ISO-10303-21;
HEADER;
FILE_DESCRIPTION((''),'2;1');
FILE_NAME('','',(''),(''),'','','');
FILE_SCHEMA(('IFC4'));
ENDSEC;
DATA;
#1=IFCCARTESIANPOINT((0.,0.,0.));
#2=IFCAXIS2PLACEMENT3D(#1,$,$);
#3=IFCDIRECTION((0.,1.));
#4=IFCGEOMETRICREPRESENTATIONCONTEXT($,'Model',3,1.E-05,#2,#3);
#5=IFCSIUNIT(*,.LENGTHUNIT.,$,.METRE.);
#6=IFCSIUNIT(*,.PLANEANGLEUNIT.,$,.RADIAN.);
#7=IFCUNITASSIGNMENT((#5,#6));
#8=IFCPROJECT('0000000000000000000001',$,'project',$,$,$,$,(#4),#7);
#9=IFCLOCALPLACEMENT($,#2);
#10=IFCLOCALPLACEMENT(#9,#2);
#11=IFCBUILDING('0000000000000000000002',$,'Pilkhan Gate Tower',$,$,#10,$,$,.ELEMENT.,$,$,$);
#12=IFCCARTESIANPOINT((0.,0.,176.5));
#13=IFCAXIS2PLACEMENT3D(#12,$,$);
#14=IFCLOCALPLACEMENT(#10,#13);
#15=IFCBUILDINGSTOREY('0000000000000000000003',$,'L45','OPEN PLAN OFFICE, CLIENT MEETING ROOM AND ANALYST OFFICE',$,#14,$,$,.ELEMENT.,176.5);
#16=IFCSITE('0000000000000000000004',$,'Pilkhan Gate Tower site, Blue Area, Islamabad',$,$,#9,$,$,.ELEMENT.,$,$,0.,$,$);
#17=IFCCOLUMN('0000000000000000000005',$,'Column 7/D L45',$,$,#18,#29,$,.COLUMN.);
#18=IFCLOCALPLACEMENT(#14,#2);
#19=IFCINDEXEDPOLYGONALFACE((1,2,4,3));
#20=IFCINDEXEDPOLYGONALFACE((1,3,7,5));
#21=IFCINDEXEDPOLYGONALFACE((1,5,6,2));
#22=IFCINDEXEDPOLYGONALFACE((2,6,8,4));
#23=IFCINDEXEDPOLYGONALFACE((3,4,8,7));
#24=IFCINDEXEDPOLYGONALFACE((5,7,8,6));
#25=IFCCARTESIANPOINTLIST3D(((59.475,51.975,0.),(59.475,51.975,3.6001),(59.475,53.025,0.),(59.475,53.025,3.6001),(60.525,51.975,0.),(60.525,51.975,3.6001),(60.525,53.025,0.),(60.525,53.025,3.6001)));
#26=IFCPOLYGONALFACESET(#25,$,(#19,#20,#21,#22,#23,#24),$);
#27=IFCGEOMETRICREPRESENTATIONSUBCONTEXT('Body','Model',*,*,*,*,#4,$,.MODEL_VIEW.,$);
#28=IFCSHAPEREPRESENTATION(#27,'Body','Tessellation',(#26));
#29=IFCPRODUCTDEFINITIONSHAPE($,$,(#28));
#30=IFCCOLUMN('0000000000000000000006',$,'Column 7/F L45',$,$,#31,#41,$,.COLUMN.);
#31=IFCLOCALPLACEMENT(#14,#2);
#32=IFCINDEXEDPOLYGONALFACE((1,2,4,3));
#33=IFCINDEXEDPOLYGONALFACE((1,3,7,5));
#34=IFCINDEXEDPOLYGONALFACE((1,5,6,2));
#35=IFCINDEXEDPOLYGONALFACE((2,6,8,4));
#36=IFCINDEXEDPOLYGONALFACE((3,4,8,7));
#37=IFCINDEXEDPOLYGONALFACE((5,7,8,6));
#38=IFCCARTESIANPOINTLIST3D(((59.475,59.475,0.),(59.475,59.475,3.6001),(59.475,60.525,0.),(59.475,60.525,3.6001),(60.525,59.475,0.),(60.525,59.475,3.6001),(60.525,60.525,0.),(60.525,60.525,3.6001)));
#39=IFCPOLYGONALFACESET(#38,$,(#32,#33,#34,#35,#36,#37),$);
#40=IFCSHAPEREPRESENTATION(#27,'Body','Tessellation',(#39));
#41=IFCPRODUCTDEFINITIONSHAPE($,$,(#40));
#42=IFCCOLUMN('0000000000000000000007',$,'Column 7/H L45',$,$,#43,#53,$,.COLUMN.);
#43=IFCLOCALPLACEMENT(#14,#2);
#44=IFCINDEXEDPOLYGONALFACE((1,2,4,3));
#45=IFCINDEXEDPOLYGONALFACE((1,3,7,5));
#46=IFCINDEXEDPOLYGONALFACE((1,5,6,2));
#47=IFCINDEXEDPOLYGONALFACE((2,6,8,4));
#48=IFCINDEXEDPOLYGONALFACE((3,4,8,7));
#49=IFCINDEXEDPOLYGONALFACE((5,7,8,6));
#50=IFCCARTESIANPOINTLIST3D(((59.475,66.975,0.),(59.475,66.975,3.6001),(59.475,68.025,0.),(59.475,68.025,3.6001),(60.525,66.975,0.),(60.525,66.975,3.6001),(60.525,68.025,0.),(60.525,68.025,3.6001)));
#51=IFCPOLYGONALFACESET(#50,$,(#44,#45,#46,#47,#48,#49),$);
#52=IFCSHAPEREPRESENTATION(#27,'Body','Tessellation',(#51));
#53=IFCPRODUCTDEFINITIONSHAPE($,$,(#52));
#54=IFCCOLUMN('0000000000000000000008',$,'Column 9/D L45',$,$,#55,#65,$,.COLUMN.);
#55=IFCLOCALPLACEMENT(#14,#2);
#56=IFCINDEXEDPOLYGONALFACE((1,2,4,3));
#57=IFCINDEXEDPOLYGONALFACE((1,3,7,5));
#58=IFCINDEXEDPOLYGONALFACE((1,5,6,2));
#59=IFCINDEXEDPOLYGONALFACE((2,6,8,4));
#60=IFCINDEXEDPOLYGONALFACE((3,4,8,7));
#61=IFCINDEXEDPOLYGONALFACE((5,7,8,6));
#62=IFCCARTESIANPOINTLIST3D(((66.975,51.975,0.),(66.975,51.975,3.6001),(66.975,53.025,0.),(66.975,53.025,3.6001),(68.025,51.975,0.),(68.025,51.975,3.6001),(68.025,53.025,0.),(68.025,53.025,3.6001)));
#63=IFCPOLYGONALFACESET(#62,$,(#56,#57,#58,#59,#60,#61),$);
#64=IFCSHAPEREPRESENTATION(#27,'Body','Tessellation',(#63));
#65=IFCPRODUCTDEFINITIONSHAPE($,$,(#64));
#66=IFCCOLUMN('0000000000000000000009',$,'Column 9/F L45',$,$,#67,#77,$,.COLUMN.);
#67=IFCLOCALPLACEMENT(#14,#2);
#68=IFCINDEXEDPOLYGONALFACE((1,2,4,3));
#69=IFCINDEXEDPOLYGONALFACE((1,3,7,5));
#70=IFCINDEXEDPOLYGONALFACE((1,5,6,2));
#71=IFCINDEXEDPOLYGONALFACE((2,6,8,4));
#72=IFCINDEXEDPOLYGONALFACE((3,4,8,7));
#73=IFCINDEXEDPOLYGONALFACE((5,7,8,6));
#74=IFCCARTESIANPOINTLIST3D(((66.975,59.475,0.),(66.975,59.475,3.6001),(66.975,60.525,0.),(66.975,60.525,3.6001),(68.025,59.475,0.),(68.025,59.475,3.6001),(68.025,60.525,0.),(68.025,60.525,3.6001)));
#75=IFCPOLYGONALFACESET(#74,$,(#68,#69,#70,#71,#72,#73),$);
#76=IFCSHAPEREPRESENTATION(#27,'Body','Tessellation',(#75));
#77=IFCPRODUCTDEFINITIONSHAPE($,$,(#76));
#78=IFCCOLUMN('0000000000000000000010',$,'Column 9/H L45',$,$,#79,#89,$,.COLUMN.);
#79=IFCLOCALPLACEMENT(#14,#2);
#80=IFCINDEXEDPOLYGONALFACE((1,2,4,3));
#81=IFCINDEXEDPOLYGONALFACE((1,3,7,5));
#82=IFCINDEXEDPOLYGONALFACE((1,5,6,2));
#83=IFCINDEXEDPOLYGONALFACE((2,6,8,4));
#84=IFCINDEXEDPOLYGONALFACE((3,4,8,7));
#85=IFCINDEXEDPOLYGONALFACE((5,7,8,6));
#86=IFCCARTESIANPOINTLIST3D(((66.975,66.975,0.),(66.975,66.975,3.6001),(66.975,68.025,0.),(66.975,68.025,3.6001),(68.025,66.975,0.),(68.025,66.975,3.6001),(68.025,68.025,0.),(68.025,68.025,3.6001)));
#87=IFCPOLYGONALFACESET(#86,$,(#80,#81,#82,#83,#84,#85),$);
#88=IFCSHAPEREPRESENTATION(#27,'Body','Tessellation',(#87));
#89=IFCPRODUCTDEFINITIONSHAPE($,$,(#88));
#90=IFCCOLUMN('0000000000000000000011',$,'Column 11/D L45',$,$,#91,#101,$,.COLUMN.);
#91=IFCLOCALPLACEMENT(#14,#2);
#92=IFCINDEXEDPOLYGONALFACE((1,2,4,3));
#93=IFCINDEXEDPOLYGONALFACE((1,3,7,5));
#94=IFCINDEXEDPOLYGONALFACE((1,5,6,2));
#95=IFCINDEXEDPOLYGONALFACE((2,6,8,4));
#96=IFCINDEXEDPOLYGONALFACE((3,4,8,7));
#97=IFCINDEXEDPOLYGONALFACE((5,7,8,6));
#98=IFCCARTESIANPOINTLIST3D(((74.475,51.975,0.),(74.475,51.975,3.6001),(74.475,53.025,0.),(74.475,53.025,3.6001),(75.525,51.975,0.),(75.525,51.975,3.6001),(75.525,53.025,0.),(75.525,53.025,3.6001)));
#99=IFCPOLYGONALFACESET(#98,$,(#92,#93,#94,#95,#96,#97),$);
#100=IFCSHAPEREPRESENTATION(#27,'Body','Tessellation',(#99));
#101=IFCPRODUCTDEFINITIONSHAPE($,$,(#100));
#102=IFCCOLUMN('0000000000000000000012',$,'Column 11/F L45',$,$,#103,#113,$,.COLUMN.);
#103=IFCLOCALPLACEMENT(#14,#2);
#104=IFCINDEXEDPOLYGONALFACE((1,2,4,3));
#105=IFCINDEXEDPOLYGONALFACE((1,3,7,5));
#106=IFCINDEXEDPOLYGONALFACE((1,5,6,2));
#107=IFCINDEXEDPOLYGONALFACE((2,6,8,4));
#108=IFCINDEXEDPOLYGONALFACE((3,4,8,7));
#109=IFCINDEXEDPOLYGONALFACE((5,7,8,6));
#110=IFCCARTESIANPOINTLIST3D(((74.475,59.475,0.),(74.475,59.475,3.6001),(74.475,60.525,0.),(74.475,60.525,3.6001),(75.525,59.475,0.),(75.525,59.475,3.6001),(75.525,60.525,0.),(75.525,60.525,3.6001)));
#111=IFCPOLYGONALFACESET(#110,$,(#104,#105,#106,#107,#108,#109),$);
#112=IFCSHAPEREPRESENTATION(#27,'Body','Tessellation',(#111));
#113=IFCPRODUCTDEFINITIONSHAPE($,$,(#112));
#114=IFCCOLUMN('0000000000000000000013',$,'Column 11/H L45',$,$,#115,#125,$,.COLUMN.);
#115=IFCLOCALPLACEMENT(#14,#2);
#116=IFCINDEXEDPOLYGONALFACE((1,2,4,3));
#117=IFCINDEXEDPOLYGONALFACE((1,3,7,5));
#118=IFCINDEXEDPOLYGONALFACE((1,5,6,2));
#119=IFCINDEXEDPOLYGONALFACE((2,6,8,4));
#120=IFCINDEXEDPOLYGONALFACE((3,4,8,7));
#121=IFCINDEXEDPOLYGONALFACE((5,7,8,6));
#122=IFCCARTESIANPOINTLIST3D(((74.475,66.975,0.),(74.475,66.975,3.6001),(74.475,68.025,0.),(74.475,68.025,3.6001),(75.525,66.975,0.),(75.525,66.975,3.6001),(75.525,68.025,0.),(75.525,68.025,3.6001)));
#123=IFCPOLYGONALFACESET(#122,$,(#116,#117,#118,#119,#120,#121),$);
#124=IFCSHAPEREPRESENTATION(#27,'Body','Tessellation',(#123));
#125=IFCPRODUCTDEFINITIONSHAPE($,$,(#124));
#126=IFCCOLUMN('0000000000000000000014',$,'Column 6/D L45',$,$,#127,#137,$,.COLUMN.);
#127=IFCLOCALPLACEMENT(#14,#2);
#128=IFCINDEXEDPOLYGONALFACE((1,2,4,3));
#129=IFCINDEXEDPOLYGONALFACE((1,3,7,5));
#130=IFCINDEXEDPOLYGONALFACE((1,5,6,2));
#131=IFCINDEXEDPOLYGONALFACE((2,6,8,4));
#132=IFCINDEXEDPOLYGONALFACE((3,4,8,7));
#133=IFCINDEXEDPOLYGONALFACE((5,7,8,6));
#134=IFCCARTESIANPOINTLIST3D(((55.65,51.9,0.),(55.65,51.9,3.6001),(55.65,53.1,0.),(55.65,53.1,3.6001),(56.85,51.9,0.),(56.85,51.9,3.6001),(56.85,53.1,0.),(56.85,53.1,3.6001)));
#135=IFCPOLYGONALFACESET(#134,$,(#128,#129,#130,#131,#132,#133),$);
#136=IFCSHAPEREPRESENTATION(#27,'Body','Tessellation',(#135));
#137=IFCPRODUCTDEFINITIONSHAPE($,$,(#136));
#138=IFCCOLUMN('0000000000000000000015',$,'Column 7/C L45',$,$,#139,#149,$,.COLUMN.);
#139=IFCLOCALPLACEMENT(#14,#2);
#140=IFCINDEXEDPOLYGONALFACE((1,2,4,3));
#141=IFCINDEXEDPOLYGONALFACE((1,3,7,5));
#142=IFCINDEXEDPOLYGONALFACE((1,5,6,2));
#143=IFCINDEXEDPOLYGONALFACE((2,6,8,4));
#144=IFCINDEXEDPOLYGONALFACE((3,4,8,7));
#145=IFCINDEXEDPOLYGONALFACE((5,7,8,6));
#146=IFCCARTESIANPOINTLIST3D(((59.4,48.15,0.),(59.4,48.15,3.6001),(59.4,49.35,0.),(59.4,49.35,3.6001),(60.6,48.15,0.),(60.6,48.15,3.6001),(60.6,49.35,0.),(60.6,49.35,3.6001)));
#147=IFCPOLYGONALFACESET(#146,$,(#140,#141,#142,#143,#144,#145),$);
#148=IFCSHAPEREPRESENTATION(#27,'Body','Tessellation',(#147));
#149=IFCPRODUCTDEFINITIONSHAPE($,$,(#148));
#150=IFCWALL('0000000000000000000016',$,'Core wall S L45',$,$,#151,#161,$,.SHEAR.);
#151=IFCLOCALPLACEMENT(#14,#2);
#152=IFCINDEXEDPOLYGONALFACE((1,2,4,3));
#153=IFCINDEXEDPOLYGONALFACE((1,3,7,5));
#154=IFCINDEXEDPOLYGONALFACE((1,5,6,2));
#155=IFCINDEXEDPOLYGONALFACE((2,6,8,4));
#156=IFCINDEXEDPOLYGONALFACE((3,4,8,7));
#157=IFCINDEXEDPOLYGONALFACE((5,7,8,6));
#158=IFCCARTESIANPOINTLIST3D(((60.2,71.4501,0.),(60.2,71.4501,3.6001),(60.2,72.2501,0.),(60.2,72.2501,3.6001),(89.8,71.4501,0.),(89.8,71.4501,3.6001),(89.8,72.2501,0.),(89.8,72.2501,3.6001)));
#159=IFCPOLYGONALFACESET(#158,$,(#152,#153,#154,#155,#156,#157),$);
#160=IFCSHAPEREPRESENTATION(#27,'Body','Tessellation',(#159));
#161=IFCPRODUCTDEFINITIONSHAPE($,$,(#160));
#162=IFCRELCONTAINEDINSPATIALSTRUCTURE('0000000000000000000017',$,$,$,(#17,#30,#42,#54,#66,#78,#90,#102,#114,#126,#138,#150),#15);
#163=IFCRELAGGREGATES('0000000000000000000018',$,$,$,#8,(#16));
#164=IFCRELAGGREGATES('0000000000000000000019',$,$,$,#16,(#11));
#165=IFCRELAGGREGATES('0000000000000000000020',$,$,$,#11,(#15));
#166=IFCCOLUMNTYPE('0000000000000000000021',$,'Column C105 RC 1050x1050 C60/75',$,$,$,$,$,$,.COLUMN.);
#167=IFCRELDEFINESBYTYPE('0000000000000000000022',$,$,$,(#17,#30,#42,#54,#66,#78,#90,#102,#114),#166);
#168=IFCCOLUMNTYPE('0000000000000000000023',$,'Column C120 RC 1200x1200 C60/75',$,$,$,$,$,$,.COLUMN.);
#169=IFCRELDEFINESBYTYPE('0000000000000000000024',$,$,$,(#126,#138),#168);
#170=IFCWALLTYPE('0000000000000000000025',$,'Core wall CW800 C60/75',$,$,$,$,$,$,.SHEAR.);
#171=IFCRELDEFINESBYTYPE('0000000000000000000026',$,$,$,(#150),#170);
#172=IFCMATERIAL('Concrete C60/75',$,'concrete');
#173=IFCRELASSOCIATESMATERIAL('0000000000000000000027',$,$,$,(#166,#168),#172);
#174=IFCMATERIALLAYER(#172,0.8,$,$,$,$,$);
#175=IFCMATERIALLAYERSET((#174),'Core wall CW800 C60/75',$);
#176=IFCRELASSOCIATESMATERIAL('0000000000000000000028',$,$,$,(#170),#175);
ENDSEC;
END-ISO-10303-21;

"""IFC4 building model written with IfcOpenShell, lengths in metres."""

from ifc_helpers import new_model, si_unit, direction, frame, frame_2d, origin, origin_2d, place, context, subcontext, project, spatial, rectangle, extrude, material, layer, layer_set, material_profile, profile_set, type_object, element, save


model = new_model("IFC4")

# Units and contexts
model_context = context("Model", 3, precision=1e-05, world=origin(), true_north=direction((0.0, 1.0)))
body_context = subcontext(model_context, "Body", "Model", "MODEL_VIEW")
ifc_project = project(units=[si_unit("LENGTHUNIT", "METRE"), si_unit("PLANEANGLEUNIT", "RADIAN")], contexts=[model_context])

# Site, building, storey
site_placement = place(None, origin())
site = spatial("IfcSite", under=ifc_project, at=site_placement, Name="Pilkhan Gate Tower site, Blue Area, Islamabad", CompositionType="ELEMENT", RefElevation=0.0)
building_placement = place(site_placement, origin())
building = spatial("IfcBuilding", under=site, at=building_placement, Name="Pilkhan Gate Tower", CompositionType="ELEMENT")
storey_placement = place(building_placement, frame((0.0, 0.0, 176.5)))
storey = spatial("IfcBuildingStorey", under=building, at=storey_placement, Name="L45", Description="OPEN PLAN OFFICE, CLIENT MEETING ROOM AND ANALYST OFFICE", CompositionType="ELEMENT", Elevation=176.5)

# Columns
ifc_material_1 = material(Name="Concrete C60/75", Category="concrete")
ifc_material_profile_1 = material_profile(ifc_material_1, rectangle(XDim=1.05, YDim=1.05, at=origin_2d()), Name="RC 1050x1050")
ifc_profile_set_1 = profile_set([ifc_material_profile_1], Name="Concrete C60/75")
column_type_1 = type_object("IfcColumnType", Name="Column C105 RC 1050x1050 C60/75", PredefinedType="COLUMN", material=ifc_profile_set_1)
for number, where, z_axis, x_axis, name in (
    (1, (60.0, 52.5, 0.0), (0.0, 0.0, 1.0), (1.0, 0.0, 0.0), "Column 7/D L45"),
    (2, (60.0, 60.0, 0.0), (0.0, 0.0, 1.0), (1.0, 0.0, 0.0), "Column 7/F L45"),
    (3, (60.0, 67.5, 0.0), (0.0, 0.0, 1.0), (1.0, 0.0, 0.0), "Column 7/H L45"),
    (4, (67.5, 52.5, 0.0), (0.0, 0.0, 1.0), (1.0, 0.0, 0.0), "Column 9/D L45"),
    (5, (67.5, 60.0, 0.0), (0.0, 0.0, 1.0), (1.0, 0.0, 0.0), "Column 9/F L45"),
    (6, (67.5, 67.5, 0.0), (0.0, 0.0, 1.0), (1.0, 0.0, 0.0), "Column 9/H L45"),
    (7, (75.0, 52.5, 0.0), (0.0, 0.0, 1.0), (1.0, 0.0, 0.0), "Column 11/D L45"),
    (8, (75.0, 60.0, 0.0), (0.0, 0.0, 1.0), (1.0, 0.0, 0.0), "Column 11/F L45"),
    (9, (75.0, 67.5, 0.0), (0.0, 0.0, 1.0), (1.0, 0.0, 0.0), "Column 11/H L45"),
):
    element("IfcColumn", number, at=place(storey_placement, frame(where, z_axis=z_axis, x_axis=x_axis)), inside=storey, type_object=column_type_1, Name=name, PredefinedType="COLUMN", context=body_context, shape_type="SweptSolid", body=[
        extrude(rectangle(XDim=1.05, YDim=1.05, at=origin_2d()), origin(), (0.0, 0.0, 1.0), 3.6001),
    ])
ifc_material_profile_2 = material_profile(ifc_material_1, rectangle(XDim=1.2, YDim=1.2, at=origin_2d()), Name="RC 1200x1200")
ifc_profile_set_2 = profile_set([ifc_material_profile_2], Name="Concrete C60/75")
column_type_2 = type_object("IfcColumnType", Name="Column C120 RC 1200x1200 C60/75", PredefinedType="COLUMN", material=ifc_profile_set_2)
for number, where, z_axis, x_axis, name in (
    (10, (56.25, 52.5, 0.0), (0.0, 0.0, 1.0), (1.0, 0.0, 0.0), "Column 6/D L45"),
    (11, (60.0, 48.75, 0.0), (0.0, 0.0, 1.0), (1.0, 0.0, 0.0), "Column 7/C L45"),
):
    element("IfcColumn", number, at=place(storey_placement, frame(where, z_axis=z_axis, x_axis=x_axis)), inside=storey, type_object=column_type_2, Name=name, PredefinedType="COLUMN", context=body_context, shape_type="SweptSolid", body=[
        extrude(rectangle(XDim=1.2, YDim=1.2, at=origin_2d()), origin(), (0.0, 0.0, 1.0), 3.6001),
    ])

# Wall
ifc_layer_1 = layer(ifc_material_1, 0.8)
ifc_layer_set_1 = layer_set([ifc_layer_1], Name="Core wall CW800 C60/75")
wall_type_1 = type_object("IfcWallType", Name="Core wall CW800 C60/75", PredefinedType="SHEAR", material=ifc_layer_set_1)
wall_1_placement = place(storey_placement, frame((60.2, 71.8501, 0.0), z_axis=(0.0, 0.0, 1.0), x_axis=(1.0, 0.0, 0.0)))
element("IfcWall", 12, at=wall_1_placement, inside=storey, type_object=wall_type_1, Name="Core wall S L45", PredefinedType="SHEAR", context=body_context, shape_type="SweptSolid", body=[
    extrude(rectangle(XDim=29.6001, YDim=0.8, at=frame_2d((14.8, 0.0))), origin(), (0.0, 0.0, 1.0), 3.6001),
])

save(model, "model.ifc")
